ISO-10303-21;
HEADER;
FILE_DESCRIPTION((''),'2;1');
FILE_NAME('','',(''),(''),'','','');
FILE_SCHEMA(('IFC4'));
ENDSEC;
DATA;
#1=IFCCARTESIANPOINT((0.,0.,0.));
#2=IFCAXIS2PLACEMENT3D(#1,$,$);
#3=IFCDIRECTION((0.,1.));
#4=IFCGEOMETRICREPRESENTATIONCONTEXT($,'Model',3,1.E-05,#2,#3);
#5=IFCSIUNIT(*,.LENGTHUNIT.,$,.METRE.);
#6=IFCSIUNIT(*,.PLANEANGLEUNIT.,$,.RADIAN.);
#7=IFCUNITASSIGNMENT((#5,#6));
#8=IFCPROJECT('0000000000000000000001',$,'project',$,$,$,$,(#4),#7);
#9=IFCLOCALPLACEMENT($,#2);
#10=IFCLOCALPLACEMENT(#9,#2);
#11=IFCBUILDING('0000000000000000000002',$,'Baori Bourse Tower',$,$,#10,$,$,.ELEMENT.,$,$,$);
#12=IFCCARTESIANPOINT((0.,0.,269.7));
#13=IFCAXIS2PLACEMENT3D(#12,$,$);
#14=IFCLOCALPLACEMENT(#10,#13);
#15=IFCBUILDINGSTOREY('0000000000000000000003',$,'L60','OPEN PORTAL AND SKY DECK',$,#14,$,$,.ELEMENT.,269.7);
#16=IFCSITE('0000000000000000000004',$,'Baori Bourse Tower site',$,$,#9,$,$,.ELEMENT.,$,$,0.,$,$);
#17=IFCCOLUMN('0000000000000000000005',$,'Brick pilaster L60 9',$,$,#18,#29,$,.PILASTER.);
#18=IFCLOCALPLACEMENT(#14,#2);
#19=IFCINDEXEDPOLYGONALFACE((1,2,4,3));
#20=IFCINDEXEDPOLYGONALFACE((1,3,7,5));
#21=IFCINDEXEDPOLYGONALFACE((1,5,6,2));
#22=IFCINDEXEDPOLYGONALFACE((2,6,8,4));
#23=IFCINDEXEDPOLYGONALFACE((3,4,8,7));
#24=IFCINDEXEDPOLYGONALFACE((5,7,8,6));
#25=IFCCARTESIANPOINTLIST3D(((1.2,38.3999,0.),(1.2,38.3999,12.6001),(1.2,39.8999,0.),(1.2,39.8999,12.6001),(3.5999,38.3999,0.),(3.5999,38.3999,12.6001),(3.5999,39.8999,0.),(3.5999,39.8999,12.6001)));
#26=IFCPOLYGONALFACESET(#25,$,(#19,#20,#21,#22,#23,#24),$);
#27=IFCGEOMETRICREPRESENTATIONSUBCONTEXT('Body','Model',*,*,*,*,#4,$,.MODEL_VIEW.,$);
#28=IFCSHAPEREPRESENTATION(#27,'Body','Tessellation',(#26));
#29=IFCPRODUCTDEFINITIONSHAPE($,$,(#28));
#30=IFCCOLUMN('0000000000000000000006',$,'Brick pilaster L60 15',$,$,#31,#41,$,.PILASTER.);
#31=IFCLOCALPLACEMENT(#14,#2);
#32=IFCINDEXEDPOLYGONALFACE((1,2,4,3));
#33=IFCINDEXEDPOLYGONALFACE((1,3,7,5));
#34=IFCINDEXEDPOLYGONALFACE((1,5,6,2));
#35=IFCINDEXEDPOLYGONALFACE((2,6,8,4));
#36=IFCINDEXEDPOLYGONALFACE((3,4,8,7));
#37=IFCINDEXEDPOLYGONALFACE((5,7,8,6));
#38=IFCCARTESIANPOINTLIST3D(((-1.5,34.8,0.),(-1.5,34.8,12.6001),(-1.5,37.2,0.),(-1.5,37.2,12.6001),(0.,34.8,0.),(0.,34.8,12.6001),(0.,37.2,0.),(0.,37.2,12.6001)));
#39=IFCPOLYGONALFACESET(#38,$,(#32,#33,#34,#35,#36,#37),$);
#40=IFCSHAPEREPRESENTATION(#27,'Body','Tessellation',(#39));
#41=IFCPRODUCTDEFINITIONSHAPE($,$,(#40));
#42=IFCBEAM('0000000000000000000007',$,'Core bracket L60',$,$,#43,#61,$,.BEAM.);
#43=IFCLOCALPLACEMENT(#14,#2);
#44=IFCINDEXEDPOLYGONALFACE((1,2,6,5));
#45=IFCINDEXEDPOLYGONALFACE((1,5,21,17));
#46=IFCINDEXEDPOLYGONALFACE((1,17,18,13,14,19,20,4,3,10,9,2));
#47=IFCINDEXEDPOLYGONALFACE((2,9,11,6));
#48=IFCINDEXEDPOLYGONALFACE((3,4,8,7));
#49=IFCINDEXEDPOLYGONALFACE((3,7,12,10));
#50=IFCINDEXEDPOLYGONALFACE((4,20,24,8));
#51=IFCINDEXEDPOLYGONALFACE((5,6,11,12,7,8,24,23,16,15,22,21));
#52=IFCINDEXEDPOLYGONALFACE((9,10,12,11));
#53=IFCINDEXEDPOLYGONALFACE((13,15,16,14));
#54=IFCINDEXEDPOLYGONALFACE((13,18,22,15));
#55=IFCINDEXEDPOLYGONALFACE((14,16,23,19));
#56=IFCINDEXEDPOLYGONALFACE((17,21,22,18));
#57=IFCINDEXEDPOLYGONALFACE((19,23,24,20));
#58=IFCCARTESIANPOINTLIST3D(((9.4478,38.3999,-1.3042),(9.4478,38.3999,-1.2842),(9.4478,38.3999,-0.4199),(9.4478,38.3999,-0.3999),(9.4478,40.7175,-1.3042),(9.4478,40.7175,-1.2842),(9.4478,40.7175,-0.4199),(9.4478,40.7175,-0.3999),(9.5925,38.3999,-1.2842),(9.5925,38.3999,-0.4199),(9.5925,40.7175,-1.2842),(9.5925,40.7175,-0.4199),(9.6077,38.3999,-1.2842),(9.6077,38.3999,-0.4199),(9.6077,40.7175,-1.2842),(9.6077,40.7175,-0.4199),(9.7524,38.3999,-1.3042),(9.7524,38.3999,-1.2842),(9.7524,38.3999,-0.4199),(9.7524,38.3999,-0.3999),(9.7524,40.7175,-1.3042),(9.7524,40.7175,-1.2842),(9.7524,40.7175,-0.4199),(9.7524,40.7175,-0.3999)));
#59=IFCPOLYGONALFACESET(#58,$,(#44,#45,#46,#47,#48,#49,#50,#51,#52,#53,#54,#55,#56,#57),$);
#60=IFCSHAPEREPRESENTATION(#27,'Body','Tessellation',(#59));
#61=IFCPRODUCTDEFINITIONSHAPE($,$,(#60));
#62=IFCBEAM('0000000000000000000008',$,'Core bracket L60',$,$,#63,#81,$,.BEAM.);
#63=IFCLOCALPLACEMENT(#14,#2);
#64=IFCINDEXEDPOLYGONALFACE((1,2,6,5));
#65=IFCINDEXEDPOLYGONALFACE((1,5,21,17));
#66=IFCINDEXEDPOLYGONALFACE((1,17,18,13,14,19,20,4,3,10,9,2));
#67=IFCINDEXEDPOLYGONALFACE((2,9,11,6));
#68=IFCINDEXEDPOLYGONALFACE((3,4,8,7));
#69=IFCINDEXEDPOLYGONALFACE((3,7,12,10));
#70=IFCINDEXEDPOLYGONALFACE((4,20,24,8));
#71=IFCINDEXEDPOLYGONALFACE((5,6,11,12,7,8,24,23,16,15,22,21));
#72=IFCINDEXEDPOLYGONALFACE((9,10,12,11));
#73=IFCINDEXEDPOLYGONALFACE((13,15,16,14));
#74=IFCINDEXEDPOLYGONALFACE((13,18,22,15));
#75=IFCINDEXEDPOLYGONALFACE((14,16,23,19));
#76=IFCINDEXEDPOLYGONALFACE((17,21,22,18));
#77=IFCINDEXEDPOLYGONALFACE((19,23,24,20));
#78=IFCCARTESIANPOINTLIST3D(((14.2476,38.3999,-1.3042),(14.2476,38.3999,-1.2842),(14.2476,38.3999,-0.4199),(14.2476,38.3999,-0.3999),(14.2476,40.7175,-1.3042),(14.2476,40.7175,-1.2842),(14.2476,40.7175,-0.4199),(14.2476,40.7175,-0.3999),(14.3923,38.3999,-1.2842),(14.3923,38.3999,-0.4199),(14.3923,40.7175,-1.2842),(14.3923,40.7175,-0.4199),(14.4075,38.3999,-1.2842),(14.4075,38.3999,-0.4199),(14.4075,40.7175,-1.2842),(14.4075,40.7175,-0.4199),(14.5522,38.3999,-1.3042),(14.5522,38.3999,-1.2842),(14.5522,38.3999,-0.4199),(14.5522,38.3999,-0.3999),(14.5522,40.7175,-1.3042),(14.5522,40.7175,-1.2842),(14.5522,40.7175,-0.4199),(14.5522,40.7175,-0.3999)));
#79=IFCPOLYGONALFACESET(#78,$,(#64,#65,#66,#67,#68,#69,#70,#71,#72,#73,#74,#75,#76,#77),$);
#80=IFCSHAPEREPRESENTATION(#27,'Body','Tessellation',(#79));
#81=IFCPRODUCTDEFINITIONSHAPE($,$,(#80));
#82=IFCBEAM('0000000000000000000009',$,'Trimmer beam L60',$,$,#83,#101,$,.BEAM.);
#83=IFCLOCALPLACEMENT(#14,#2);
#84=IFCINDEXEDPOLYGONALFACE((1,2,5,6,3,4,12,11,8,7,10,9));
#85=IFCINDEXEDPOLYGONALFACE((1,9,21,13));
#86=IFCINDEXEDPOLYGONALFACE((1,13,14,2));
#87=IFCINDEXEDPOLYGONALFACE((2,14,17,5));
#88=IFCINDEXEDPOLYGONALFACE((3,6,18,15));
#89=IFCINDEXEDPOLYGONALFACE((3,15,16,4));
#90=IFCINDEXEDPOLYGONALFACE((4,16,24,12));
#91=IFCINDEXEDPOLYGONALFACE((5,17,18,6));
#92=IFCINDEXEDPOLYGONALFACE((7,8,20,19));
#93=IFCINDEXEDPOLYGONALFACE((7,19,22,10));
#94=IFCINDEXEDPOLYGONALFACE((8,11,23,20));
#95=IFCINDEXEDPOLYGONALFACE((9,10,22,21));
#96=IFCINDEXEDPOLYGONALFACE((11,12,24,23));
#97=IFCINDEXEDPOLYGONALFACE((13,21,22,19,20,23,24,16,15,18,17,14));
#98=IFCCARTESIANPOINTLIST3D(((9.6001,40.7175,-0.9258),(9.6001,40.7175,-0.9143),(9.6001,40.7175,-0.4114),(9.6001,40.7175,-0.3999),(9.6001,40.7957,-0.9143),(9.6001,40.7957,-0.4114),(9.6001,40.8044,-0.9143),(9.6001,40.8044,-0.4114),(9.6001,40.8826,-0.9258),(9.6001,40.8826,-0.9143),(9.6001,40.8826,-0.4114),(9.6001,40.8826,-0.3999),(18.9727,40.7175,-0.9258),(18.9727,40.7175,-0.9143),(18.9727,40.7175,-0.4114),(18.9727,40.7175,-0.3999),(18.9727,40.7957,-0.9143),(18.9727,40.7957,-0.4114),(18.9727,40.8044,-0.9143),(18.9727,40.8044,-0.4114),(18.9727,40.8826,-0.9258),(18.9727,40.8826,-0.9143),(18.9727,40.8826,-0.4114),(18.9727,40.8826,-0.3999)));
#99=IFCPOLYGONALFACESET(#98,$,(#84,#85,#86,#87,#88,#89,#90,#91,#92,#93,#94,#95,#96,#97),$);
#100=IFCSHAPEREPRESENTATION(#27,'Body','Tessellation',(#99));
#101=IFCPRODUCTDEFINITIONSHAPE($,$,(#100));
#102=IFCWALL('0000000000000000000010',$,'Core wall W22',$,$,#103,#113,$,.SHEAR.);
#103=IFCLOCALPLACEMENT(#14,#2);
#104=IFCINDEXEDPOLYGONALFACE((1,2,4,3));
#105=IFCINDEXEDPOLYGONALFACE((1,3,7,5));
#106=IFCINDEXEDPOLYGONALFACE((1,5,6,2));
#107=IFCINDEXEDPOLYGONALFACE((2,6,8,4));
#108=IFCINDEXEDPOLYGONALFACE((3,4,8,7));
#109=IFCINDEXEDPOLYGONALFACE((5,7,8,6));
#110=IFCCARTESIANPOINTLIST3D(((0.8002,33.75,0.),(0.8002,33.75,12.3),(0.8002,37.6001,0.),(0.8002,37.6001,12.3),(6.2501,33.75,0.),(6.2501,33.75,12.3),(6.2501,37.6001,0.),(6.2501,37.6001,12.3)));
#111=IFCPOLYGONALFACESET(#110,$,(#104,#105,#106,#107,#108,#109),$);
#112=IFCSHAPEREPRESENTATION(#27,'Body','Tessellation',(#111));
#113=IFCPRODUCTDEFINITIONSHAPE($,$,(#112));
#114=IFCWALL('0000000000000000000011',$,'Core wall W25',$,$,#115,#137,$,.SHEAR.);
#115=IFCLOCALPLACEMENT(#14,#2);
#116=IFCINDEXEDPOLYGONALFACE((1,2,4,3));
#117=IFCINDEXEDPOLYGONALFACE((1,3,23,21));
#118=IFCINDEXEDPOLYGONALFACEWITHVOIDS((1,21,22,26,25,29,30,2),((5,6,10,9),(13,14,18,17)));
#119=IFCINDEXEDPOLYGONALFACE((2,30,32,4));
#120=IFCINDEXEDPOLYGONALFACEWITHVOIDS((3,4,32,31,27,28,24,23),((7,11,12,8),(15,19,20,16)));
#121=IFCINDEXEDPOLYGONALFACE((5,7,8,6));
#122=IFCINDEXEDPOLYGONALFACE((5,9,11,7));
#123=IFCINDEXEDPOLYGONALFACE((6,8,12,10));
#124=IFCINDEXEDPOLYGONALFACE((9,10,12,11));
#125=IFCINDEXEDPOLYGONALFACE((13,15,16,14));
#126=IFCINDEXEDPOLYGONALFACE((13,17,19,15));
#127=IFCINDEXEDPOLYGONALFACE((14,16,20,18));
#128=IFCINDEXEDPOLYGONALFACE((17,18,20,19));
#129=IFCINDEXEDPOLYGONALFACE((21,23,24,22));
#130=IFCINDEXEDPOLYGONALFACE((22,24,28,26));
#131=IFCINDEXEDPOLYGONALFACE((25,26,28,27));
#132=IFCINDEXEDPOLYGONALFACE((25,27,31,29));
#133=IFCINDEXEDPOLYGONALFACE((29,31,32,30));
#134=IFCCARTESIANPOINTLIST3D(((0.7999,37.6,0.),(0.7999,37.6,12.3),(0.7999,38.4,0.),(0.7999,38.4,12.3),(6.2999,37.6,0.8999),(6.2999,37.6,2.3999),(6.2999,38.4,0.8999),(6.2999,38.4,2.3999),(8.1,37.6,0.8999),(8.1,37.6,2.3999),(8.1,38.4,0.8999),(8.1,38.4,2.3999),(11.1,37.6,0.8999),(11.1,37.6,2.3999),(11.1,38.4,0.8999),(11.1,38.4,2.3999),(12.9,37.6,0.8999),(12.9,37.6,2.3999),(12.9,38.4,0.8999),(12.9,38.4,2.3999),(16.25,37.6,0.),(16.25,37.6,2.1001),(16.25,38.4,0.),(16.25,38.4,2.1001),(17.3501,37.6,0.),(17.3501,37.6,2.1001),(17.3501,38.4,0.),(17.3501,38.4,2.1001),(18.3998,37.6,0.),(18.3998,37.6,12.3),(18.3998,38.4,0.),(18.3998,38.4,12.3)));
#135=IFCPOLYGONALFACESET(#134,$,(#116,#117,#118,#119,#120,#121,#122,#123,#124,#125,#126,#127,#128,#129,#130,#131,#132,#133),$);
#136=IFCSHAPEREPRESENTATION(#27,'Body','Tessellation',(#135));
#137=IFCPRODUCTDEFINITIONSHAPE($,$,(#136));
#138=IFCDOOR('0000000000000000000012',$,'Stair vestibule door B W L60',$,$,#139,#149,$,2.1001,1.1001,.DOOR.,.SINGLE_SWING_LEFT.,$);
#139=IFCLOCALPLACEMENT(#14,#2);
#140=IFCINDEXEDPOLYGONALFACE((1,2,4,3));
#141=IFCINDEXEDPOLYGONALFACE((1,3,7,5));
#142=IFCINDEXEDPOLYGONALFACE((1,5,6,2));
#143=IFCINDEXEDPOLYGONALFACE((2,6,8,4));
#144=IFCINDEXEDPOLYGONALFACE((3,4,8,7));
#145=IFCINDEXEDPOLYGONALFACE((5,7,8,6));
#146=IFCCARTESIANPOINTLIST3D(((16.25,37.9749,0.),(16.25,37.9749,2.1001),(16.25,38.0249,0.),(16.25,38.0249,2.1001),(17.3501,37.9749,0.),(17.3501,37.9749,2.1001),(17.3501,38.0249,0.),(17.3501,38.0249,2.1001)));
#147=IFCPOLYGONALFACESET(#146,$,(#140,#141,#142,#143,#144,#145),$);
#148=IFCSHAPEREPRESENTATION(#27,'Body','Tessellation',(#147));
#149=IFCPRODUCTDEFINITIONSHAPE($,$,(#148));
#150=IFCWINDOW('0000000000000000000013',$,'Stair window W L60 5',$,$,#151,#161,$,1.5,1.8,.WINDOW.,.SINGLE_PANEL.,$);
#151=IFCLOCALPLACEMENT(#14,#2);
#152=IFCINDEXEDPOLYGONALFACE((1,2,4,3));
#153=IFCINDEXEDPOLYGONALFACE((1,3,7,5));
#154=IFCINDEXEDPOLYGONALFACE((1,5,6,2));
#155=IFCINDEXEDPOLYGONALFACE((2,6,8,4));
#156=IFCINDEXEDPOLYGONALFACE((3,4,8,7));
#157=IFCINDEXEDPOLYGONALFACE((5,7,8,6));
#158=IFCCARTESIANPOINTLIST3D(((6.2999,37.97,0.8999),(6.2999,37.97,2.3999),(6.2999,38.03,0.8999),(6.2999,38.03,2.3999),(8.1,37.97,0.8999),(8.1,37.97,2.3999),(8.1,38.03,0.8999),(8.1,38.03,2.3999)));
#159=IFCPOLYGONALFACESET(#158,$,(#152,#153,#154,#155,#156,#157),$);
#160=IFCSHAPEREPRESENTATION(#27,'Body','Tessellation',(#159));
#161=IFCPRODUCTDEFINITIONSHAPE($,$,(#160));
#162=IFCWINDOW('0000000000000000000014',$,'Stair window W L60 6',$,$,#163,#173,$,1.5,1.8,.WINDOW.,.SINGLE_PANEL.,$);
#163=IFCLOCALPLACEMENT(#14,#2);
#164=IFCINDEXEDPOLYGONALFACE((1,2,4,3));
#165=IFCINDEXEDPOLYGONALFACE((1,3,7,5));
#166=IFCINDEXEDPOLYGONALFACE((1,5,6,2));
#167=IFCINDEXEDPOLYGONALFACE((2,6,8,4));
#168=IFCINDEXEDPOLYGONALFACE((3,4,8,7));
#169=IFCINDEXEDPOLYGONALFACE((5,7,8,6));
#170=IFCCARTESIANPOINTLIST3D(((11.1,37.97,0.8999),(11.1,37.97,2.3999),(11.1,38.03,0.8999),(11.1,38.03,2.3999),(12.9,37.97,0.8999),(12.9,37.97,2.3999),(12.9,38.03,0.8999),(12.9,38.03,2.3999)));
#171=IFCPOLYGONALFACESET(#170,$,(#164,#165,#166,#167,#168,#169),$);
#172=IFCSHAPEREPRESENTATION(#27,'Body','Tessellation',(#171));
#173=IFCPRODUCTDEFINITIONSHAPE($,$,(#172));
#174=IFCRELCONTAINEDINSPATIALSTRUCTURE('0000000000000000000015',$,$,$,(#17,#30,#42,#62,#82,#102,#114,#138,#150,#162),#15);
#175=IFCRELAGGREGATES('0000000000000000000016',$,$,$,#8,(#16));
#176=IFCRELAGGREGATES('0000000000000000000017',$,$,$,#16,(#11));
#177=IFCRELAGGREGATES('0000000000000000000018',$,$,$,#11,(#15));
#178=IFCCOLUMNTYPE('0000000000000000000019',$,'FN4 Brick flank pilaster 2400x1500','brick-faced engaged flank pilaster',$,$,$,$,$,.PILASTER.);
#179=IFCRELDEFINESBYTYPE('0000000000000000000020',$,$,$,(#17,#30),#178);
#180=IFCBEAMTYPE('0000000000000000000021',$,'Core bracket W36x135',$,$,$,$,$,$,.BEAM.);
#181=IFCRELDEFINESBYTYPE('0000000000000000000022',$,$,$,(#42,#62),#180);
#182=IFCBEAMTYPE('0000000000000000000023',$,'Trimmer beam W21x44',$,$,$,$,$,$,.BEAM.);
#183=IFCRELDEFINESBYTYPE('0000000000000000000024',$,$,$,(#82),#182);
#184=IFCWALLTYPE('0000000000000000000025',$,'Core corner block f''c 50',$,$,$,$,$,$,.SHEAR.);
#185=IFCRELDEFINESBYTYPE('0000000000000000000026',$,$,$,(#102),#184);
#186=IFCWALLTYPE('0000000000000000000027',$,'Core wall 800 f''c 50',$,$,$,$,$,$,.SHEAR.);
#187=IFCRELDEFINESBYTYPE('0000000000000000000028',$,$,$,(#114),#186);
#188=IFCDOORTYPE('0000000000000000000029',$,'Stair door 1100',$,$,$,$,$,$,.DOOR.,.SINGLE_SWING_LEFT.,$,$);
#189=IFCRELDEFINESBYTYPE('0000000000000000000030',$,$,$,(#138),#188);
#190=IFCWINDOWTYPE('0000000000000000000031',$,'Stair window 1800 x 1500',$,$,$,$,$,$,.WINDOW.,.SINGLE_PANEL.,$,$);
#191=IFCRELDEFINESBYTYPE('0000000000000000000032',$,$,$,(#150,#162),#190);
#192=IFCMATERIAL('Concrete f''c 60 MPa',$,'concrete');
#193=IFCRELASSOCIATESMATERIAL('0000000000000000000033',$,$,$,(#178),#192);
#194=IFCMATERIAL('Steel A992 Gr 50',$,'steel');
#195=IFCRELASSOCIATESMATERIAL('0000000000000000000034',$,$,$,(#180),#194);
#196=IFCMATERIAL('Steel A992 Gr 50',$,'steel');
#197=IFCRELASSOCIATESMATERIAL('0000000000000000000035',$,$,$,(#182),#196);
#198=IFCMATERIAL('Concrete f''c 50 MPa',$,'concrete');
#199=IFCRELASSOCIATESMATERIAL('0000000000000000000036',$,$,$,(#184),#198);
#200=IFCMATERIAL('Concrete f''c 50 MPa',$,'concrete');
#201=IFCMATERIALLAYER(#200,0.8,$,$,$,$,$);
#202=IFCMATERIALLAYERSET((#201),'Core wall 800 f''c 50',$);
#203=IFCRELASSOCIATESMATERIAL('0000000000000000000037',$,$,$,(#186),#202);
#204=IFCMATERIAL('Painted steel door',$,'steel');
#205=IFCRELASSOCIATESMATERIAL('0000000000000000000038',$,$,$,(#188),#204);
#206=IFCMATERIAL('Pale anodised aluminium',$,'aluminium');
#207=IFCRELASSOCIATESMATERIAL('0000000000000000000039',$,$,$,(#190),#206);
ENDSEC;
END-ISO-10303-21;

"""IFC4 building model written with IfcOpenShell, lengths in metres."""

from ifc_helpers import new_model, si_unit, direction, frame, frame_2d, origin, origin_2d, place, context, subcontext, project, spatial, rectangle, i_section, extrude, material, layer, layer_set, material_profile, profile_set, type_object, element, fill, save


model = new_model("IFC4")

# Units and contexts
model_context = context("Model", 3, precision=1e-05, world=origin(), true_north=direction((0.0, 1.0)))
body_context = subcontext(model_context, "Body", "Model", "MODEL_VIEW")
ifc_project = project(units=[si_unit("LENGTHUNIT", "METRE"), si_unit("PLANEANGLEUNIT", "RADIAN")], contexts=[model_context])

# Site, building, storey
site_placement = place(None, origin())
site = spatial("IfcSite", under=ifc_project, at=site_placement, Name="Baori Bourse Tower site", CompositionType="ELEMENT", RefElevation=0.0)
building_placement = place(site_placement, origin())
building = spatial("IfcBuilding", under=site, at=building_placement, Name="Baori Bourse Tower", CompositionType="ELEMENT")
storey_placement = place(building_placement, frame((0.0, 0.0, 269.7)))
storey = spatial("IfcBuildingStorey", under=building, at=storey_placement, Name="L60", Description="OPEN PORTAL AND SKY DECK", CompositionType="ELEMENT", Elevation=269.7)

# Columns
ifc_material_1 = material(Name="Concrete f'c 60 MPa", Category="concrete")
ifc_material_profile_1 = material_profile(ifc_material_1, rectangle(XDim=2.3999, YDim=1.5, at=origin_2d()), Name="RC 2400x1500")
ifc_profile_set_1 = profile_set([ifc_material_profile_1], Name="Concrete f'c 60 MPa")
column_type = type_object("IfcColumnType", Name="FN4 Brick flank pilaster 2400x1500", Description="brick-faced engaged flank pilaster", PredefinedType="PILASTER", material=ifc_profile_set_1)
for number, where, z_axis, x_axis, name in (
    (1, (2.3999, 39.1499, 0.0), (0.0, 0.0, 1.0), (1.0, 0.0, 0.0), "Brick pilaster L60 9"),
    (2, (-0.75, 36.0, 0.0), (0.0, 0.0, 1.0), (0.0, 1.0, 0.0), "Brick pilaster L60 15"),
):
    element("IfcColumn", number, at=place(storey_placement, frame(where, z_axis=z_axis, x_axis=x_axis)), inside=storey, type_object=column_type, Name=name, PredefinedType="PILASTER", context=body_context, shape_type="SweptSolid", body=[
        extrude(rectangle(XDim=2.3999, YDim=1.5, at=origin_2d()), origin(), (0.0, 0.0, 1.0), 12.6001),
    ])

# Beams
ifc_material_2 = material(Name="Steel A992 Gr 50", Category="steel")
ifc_material_profile_2 = material_profile(ifc_material_2, i_section(OverallWidth=0.3047, OverallDepth=0.9043, WebThickness=0.0151, FlangeThickness=0.02, at=origin_2d()), Name="W36x135")
ifc_profile_set_2 = profile_set([ifc_material_profile_2], Name="Steel A992 Gr 50")
beam_type_1 = type_object("IfcBeamType", Name="Core bracket W36x135", PredefinedType="BEAM", material=ifc_profile_set_2)
for number, where, z_axis, x_axis, name in (
    (3, (9.6001, 38.3999, -0.8521), (0.0, 1.0, 0.0), (-1.0, 0.0, 0.0), "Core bracket L60"),
    (4, (14.3999, 38.3999, -0.8521), (0.0, 1.0, 0.0), (-1.0, 0.0, 0.0), "Core bracket L60"),
):
    element("IfcBeam", number, at=place(storey_placement, frame(where, z_axis=z_axis, x_axis=x_axis)), inside=storey, type_object=beam_type_1, Name=name, PredefinedType="BEAM", context=body_context, shape_type="SweptSolid", body=[
        extrude(i_section(OverallWidth=0.3047, OverallDepth=0.9043, WebThickness=0.0151, FlangeThickness=0.02, at=origin_2d()), origin(), (0.0, 0.0, 1.0), 2.3176),
    ])
ifc_material_3 = material(Name="Steel A992 Gr 50", Category="steel")
ifc_material_profile_3 = material_profile(ifc_material_3, i_section(OverallWidth=0.165, OverallDepth=0.5259, WebThickness=0.0088, FlangeThickness=0.0115, at=origin_2d()), Name="W21x44")
ifc_profile_set_3 = profile_set([ifc_material_profile_3], Name="Steel A992 Gr 50")
beam_type_2 = type_object("IfcBeamType", Name="Trimmer beam W21x44", PredefinedType="BEAM", material=ifc_profile_set_3)
beam_placement = place(storey_placement, frame((9.6001, 40.8, -0.6628), z_axis=(1.0, 0.0, 0.0), x_axis=(0.0, 1.0, 0.0)))
element("IfcBeam", 5, at=beam_placement, inside=storey, type_object=beam_type_2, Name="Trimmer beam L60", PredefinedType="BEAM", context=body_context, shape_type="SweptSolid", body=[
    extrude(i_section(OverallWidth=0.165, OverallDepth=0.5259, WebThickness=0.0088, FlangeThickness=0.0115, at=origin_2d()), origin(), (0.0, 0.0, 1.0), 9.3726),
])

# Wall
ifc_material_4 = material(Name="Concrete f'c 50 MPa", Category="concrete")
wall_type_1 = type_object("IfcWallType", Name="Core corner block f'c 50", PredefinedType="SHEAR", material=ifc_material_4)
wall_1_placement = place(storey_placement, frame((0.8, 35.675, 0.0), z_axis=(0.0, 0.0, 1.0), x_axis=(1.0, 0.0, 0.0)))
element("IfcWall", 6, at=wall_1_placement, inside=storey, type_object=wall_type_1, Name="Core wall W22", PredefinedType="SHEAR", context=body_context, shape_type="SweptSolid", body=[
    extrude(rectangle(XDim=5.45, YDim=3.8501, at=frame_2d((2.7251, 0.0))), origin(), (0.0, 0.0, 1.0), 12.3),
])

# Wall, openings, door, windows
ifc_material_5 = material(Name="Concrete f'c 50 MPa", Category="concrete")
ifc_layer_1 = layer(ifc_material_5, 0.8)
ifc_layer_set_1 = layer_set([ifc_layer_1], Name="Core wall 800 f'c 50")
wall_type_2 = type_object("IfcWallType", Name="Core wall 800 f'c 50", PredefinedType="SHEAR", material=ifc_layer_set_1)
wall_2_placement = place(storey_placement, frame((0.8, 38.0, 0.0), z_axis=(0.0, 0.0, 1.0), x_axis=(1.0, 0.0, 0.0)))
wall_2 = element("IfcWall", 7, at=wall_2_placement, inside=storey, type_object=wall_type_2, Name="Core wall W25", PredefinedType="SHEAR", context=body_context, shape_type="SweptSolid", body=[
    extrude(rectangle(XDim=17.5999, YDim=0.8, at=frame_2d((8.7998, 0.0))), origin(), (0.0, 0.0, 1.0), 12.3),
])
opening_1_placement = place(wall_2_placement, frame((15.45, 0.0, 0.0)))
opening_1 = element("IfcOpeningElement", 8, at=opening_1_placement, cuts=wall_2, PredefinedType="OPENING", context=body_context, shape_type="SweptSolid", body=[
    extrude(rectangle(XDim=1.1001, YDim=2.1001, at=frame_2d((0.55, 1.05))), frame((0.0, 0.4099, 0.0), z_axis=(0.0, -1.0, 0.0), x_axis=(1.0, 0.0, 0.0)), (0.0, 0.0, 1.0), 0.8201),
])
opening_2_placement = place(wall_2_placement, frame((5.5, 0.0, 0.8999)))
opening_2 = element("IfcOpeningElement", 9, at=opening_2_placement, cuts=wall_2, PredefinedType="OPENING", context=body_context, shape_type="SweptSolid", body=[
    extrude(rectangle(XDim=1.8, YDim=1.5, at=frame_2d((0.8999, 0.75))), frame((0.0, 0.4099, 0.0), z_axis=(0.0, -1.0, 0.0), x_axis=(1.0, 0.0, 0.0)), (0.0, 0.0, 1.0), 0.8201),
])
opening_3_placement = place(wall_2_placement, frame((10.3, 0.0, 0.8999)))
opening_3 = element("IfcOpeningElement", 10, at=opening_3_placement, cuts=wall_2, PredefinedType="OPENING", context=body_context, shape_type="SweptSolid", body=[
    extrude(rectangle(XDim=1.8, YDim=1.5, at=frame_2d((0.8999, 0.75))), frame((0.0, 0.4099, 0.0), z_axis=(0.0, -1.0, 0.0), x_axis=(1.0, 0.0, 0.0)), (0.0, 0.0, 1.0), 0.8201),
])
ifc_material_6 = material(Name="Painted steel door", Category="steel")
door_type_1 = type_object("IfcDoorType", Name="Stair door 1100", OperationType="SINGLE_SWING_LEFT", PredefinedType="DOOR", material=ifc_material_6)
door_1_placement = place(opening_1_placement, origin())
door_1 = element("IfcDoor", 11, at=door_1_placement, inside=storey, type_object=door_type_1, Name="Stair vestibule door B W L60", OperationType="SINGLE_SWING_LEFT", OverallHeight=2.1001, OverallWidth=1.1001, PredefinedType="DOOR", context=body_context, shape_type="SweptSolid", body=[
    extrude(rectangle(XDim=1.1001, YDim=2.1001, at=frame_2d((0.55, 1.05))), frame((0.0, 0.0249, 0.0), z_axis=(0.0, -1.0, 0.0), x_axis=(1.0, 0.0, 0.0)), (0.0, 0.0, 1.0), 0.05),
])
fill(opening_1, door_1)
ifc_material_7 = material(Name="Pale anodised aluminium", Category="aluminium")
window_type = type_object("IfcWindowType", Name="Stair window 1800 x 1500", PartitioningType="SINGLE_PANEL", PredefinedType="WINDOW", material=ifc_material_7)
window_1_placement = place(opening_2_placement, origin())
window_1 = element("IfcWindow", 12, at=window_1_placement, inside=storey, type_object=window_type, Name="Stair window W L60 5", OverallHeight=1.5, OverallWidth=1.8, PartitioningType="SINGLE_PANEL", PredefinedType="WINDOW", context=body_context, shape_type="SweptSolid", body=[
    extrude(rectangle(XDim=1.8, YDim=1.5, at=frame_2d((0.8999, 0.75))), frame((0.0, 0.03, 0.0), z_axis=(0.0, -1.0, 0.0), x_axis=(1.0, 0.0, 0.0)), (0.0, 0.0, 1.0), 0.0601),
])
fill(opening_2, window_1)
window_2_placement = place(opening_3_placement, origin())
window_2 = element("IfcWindow", 13, at=window_2_placement, inside=storey, type_object=window_type, Name="Stair window W L60 6", OverallHeight=1.5, OverallWidth=1.8, PartitioningType="SINGLE_PANEL", PredefinedType="WINDOW", context=body_context, shape_type="SweptSolid", body=[
    extrude(rectangle(XDim=1.8, YDim=1.5, at=frame_2d((0.8999, 0.75))), frame((0.0, 0.03, 0.0), z_axis=(0.0, -1.0, 0.0), x_axis=(1.0, 0.0, 0.0)), (0.0, 0.0, 1.0), 0.0601),
])
fill(opening_3, window_2)

save(model, "model.ifc")
